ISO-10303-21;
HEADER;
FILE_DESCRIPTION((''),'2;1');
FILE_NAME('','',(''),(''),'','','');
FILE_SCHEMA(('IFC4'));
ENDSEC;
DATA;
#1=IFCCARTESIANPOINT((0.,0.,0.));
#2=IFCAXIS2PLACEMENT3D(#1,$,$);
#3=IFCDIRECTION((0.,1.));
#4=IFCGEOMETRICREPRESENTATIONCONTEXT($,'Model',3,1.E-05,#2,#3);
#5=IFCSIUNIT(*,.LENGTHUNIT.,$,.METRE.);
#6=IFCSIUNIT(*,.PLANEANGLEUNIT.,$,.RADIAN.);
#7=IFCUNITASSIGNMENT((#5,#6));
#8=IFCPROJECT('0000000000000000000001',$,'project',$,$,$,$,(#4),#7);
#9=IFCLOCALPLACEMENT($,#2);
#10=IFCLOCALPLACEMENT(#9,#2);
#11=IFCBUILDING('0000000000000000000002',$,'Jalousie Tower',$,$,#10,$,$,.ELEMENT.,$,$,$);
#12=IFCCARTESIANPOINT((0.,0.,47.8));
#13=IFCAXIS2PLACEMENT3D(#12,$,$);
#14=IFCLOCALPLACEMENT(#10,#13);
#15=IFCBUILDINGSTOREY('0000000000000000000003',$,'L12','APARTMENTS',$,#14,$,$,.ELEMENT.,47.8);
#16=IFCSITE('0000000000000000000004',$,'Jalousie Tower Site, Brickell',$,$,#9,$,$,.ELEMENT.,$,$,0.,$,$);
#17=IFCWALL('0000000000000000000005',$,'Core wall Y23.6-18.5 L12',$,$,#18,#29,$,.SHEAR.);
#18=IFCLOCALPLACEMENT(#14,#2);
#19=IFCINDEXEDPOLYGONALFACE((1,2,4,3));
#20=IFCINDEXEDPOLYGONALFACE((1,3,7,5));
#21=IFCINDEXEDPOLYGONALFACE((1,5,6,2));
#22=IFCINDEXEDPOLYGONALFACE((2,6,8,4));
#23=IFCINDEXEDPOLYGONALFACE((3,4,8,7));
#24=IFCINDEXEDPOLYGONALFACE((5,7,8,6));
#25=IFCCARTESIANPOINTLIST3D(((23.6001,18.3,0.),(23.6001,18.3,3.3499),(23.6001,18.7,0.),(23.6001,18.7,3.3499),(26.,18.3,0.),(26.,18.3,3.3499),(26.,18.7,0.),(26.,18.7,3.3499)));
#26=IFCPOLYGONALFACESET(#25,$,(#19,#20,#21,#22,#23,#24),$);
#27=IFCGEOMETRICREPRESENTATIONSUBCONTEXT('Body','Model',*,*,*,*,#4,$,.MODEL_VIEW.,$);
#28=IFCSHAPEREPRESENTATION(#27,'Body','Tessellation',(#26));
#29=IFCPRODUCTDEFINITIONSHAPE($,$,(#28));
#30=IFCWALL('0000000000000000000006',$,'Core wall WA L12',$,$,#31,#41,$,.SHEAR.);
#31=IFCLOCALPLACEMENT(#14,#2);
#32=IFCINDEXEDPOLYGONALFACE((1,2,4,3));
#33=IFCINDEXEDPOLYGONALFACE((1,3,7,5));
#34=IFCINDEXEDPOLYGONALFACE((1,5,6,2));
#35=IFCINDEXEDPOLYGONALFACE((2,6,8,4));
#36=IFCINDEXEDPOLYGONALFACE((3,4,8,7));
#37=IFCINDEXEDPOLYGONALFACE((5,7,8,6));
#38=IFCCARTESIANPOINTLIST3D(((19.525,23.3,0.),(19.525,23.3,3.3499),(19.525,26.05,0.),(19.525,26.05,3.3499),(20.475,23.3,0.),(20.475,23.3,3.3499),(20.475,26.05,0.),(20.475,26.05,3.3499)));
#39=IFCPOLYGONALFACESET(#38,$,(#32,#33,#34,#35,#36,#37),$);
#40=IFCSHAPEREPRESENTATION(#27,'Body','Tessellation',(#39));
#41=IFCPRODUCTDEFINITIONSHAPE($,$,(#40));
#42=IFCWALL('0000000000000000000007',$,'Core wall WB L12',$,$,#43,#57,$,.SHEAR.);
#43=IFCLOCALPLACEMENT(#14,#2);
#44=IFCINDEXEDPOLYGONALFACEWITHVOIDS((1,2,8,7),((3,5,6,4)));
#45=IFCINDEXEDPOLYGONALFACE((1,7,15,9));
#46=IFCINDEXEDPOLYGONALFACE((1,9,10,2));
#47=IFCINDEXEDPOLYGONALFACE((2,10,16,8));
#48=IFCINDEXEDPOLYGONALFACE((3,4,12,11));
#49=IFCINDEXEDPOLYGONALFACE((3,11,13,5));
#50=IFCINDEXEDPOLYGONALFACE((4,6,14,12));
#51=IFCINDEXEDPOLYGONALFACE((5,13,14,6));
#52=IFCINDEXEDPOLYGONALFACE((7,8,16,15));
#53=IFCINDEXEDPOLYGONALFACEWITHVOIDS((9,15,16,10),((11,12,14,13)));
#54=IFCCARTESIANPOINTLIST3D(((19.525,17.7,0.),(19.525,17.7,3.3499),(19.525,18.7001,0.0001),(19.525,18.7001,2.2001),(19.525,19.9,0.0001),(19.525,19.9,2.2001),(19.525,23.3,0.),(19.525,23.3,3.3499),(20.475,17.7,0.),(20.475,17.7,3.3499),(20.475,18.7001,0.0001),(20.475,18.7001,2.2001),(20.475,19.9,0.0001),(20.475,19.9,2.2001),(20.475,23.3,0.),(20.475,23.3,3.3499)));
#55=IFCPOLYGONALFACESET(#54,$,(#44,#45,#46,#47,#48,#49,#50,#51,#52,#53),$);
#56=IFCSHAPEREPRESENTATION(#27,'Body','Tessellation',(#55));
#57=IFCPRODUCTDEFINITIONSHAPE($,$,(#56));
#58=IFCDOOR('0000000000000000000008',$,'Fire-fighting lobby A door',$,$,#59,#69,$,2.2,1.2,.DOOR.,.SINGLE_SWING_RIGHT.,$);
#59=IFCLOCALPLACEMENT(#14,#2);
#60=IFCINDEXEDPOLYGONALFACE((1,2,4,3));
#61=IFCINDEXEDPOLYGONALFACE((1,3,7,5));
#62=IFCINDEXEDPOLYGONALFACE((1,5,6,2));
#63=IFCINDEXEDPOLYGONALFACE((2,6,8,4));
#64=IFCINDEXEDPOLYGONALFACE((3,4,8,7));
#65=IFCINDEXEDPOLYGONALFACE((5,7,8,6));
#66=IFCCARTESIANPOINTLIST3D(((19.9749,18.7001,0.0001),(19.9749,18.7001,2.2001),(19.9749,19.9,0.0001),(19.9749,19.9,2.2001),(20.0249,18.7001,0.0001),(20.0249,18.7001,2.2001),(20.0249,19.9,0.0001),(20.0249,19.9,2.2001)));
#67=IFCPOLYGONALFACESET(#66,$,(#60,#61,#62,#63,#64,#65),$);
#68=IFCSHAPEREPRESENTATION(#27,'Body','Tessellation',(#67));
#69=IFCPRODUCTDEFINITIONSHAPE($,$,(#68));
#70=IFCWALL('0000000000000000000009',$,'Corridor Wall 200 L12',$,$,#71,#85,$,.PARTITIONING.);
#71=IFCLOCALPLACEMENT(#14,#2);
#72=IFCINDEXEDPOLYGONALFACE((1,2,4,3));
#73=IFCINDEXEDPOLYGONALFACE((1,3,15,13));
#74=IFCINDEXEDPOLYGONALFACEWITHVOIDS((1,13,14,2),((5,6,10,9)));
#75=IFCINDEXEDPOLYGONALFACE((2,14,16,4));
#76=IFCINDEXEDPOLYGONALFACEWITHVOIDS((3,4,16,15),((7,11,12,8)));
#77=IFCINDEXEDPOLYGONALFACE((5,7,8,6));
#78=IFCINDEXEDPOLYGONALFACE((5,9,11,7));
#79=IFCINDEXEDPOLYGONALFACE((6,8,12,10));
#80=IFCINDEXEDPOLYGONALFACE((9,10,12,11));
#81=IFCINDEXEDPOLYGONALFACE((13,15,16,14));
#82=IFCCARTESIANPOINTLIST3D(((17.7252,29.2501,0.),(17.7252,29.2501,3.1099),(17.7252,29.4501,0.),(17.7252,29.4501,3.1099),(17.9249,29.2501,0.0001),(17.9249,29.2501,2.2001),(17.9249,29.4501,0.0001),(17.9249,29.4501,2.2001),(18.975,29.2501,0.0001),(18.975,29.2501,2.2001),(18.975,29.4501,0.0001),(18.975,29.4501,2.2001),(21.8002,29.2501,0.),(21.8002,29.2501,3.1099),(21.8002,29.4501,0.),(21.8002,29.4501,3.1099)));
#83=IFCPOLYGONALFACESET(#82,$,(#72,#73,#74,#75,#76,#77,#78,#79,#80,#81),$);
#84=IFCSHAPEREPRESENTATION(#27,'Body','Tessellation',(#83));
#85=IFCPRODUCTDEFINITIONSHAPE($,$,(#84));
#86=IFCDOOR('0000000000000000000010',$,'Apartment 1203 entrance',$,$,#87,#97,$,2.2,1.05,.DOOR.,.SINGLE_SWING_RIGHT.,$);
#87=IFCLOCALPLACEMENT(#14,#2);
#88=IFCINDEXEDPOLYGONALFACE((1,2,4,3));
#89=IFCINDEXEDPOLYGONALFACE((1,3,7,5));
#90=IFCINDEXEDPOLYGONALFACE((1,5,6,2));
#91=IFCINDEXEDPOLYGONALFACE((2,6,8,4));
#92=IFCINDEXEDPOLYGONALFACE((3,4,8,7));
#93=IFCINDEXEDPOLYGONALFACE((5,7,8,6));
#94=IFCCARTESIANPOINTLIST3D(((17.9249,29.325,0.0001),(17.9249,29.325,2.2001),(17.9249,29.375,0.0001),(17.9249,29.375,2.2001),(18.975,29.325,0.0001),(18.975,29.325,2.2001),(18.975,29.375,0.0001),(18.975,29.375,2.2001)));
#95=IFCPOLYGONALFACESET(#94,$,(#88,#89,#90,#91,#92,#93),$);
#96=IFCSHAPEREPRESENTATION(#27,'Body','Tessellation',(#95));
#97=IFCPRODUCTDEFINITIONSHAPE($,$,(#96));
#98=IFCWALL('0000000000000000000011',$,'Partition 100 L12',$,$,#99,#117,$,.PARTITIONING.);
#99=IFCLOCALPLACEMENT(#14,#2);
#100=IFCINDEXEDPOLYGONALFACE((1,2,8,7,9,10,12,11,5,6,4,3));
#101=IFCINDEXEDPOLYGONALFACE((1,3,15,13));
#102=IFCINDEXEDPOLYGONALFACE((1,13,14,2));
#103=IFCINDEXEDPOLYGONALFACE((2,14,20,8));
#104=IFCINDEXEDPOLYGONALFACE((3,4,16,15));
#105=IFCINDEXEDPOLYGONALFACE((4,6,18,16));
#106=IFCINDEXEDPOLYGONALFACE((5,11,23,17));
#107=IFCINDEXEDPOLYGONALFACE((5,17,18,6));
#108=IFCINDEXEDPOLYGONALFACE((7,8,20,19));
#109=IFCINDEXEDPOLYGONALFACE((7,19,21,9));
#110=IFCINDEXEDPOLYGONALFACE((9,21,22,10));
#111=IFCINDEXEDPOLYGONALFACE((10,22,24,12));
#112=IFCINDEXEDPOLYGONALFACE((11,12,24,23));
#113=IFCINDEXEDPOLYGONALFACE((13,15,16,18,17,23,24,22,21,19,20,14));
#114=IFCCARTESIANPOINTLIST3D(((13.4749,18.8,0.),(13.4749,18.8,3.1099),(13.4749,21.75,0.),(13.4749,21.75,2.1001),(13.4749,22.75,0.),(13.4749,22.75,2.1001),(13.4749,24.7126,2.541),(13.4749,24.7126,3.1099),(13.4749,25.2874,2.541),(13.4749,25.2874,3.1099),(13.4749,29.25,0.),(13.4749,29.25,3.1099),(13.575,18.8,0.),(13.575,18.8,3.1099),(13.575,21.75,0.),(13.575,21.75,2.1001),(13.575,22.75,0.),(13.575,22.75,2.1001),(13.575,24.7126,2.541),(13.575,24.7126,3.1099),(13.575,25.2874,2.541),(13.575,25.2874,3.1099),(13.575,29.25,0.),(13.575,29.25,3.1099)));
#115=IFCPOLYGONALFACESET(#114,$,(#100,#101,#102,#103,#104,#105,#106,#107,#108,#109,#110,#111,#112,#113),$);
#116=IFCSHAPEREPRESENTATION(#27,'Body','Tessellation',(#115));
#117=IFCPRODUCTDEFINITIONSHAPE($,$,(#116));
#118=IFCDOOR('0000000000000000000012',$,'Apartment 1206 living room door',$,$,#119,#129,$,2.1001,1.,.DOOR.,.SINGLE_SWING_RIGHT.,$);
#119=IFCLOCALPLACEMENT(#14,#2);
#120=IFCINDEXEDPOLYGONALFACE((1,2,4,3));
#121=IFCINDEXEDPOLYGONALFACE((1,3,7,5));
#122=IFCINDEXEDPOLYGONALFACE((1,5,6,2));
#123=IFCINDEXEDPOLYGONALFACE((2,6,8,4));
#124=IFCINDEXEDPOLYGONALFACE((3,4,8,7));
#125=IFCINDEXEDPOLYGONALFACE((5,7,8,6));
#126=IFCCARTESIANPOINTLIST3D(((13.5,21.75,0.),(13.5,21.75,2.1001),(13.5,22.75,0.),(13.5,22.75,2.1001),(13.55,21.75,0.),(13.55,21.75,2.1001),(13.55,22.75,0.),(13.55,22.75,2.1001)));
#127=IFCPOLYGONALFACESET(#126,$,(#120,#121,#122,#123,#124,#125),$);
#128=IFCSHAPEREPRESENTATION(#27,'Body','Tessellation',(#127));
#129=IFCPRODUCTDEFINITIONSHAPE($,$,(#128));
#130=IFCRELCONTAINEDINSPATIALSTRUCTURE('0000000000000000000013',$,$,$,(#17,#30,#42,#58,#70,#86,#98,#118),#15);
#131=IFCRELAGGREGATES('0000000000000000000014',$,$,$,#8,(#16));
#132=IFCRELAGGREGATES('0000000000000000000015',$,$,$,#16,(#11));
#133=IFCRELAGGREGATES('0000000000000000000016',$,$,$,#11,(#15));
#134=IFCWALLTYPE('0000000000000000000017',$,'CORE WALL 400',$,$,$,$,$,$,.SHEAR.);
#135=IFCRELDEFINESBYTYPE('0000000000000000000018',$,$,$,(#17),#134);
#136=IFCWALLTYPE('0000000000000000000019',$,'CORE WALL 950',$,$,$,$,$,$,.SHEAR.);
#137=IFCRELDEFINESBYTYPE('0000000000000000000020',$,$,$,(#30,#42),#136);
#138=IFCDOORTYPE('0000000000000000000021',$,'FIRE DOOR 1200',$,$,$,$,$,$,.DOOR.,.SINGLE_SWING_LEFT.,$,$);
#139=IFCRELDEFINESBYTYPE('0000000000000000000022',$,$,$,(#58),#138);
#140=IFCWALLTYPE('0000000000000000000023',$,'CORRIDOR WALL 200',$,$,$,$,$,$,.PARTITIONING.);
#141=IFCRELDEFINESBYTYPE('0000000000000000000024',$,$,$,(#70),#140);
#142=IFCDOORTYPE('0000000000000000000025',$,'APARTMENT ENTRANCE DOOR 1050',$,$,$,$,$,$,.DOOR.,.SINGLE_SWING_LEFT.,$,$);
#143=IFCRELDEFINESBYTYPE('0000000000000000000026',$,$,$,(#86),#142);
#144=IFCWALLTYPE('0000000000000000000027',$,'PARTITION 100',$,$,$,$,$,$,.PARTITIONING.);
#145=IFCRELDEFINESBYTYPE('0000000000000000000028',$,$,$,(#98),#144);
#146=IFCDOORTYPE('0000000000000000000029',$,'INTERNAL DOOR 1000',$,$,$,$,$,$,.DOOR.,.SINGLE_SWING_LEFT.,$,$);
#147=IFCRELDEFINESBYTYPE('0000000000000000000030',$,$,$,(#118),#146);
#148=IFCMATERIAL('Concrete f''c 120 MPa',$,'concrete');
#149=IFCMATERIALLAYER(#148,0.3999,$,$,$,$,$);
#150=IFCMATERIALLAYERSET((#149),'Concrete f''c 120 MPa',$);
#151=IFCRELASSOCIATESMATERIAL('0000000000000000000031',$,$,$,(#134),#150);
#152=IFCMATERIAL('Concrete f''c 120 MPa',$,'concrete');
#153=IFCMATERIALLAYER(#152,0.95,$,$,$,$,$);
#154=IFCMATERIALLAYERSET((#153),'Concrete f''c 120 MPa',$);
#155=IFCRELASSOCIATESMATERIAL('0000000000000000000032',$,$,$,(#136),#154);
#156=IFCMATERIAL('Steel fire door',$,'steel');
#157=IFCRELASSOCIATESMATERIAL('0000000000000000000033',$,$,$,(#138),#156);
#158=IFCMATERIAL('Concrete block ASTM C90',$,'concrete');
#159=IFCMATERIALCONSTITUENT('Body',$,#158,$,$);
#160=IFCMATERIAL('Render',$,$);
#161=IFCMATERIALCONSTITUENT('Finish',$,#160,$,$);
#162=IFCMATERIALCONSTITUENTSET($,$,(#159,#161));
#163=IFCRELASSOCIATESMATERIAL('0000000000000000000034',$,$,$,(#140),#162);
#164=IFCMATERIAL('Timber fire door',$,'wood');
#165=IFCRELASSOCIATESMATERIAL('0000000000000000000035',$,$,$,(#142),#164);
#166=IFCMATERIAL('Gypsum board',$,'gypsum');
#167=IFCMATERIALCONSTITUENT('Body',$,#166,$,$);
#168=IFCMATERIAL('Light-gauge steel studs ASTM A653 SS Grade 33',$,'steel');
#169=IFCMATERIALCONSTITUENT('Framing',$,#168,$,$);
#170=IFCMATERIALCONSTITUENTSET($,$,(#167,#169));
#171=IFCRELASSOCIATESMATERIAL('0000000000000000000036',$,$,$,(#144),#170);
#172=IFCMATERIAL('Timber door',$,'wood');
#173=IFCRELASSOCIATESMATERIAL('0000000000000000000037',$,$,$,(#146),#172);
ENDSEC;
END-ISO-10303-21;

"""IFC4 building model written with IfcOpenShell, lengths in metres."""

from ifc_helpers import new_model, si_unit, direction, frame, frame_2d, origin, place, context, subcontext, project, spatial, polyline, rectangle, outline, extrude, material, layer, layer_set, constituent, constituent_set, type_object, element, fill, save


model = new_model("IFC4")

# Units and contexts
model_context = context("Model", 3, precision=1e-05, world=origin(), true_north=direction((0.0, 1.0)))
body_context = subcontext(model_context, "Body", "Model", "MODEL_VIEW")
ifc_project = project(units=[si_unit("LENGTHUNIT", "METRE"), si_unit("PLANEANGLEUNIT", "RADIAN")], contexts=[model_context])

# Site, building, storey
site_placement = place(None, origin())
site = spatial("IfcSite", under=ifc_project, at=site_placement, Name="Jalousie Tower Site, Brickell", CompositionType="ELEMENT", RefElevation=0.0)
building_placement = place(site_placement, origin())
building = spatial("IfcBuilding", under=site, at=building_placement, Name="Jalousie Tower", CompositionType="ELEMENT")
storey_placement = place(building_placement, frame((0.0, 0.0, 47.8)))
storey = spatial("IfcBuildingStorey", under=building, at=storey_placement, Name="L12", Description="APARTMENTS", CompositionType="ELEMENT", Elevation=47.8)

# Shared definitions
ifc_material_1 = material(Name="Concrete f'c 120 MPa", Category="concrete")
ifc_layer_1 = layer(ifc_material_1, 0.3999)
ifc_layer_set_1 = layer_set([ifc_layer_1], Name="Concrete f'c 120 MPa")
wall_type_1 = type_object("IfcWallType", Name="CORE WALL 400", PredefinedType="SHEAR", material=ifc_layer_set_1)

# Walls
wall_1_placement = place(storey_placement, frame((23.6001, 18.5, 0.0), z_axis=(0.0, 0.0, 1.0), x_axis=(1.0, 0.0, 0.0)))
element("IfcWall", 1, at=wall_1_placement, inside=storey, type_object=wall_type_1, Name="Core wall Y23.6-18.5 L12", PredefinedType="SHEAR", context=body_context, shape_type="SweptSolid", body=[
    extrude(rectangle(XDim=2.3999, YDim=0.3999, at=frame_2d((1.2, 0.0))), origin(), (0.0, 0.0, 1.0), 3.3499),
])
ifc_material_2 = material(Name="Concrete f'c 120 MPa", Category="concrete")
ifc_layer_2 = layer(ifc_material_2, 0.95)
ifc_layer_set_2 = layer_set([ifc_layer_2], Name="Concrete f'c 120 MPa")
wall_type_2 = type_object("IfcWallType", Name="CORE WALL 950", PredefinedType="SHEAR", material=ifc_layer_set_2)
wall_2_placement = place(storey_placement, frame((20.0, 26.05, 0.0), z_axis=(0.0, 0.0, 1.0), x_axis=(0.0, -1.0, 0.0)))
element("IfcWall", 2, at=wall_2_placement, inside=storey, type_object=wall_type_2, Name="Core wall WA L12", PredefinedType="SHEAR", context=body_context, shape_type="SweptSolid", body=[
    extrude(rectangle(XDim=2.75, YDim=0.95, at=frame_2d((1.375, 0.0))), origin(), (0.0, 0.0, 1.0), 3.3499),
])

# Walls, openings, doors
wall_3_placement = place(storey_placement, frame((20.0, 23.3, 0.0), z_axis=(0.0, 0.0, 1.0), x_axis=(0.0, -1.0, 0.0)))
wall_3 = element("IfcWall", 3, at=wall_3_placement, inside=storey, type_object=wall_type_2, Name="Core wall WB L12", PredefinedType="SHEAR", context=body_context, shape_type="SweptSolid", body=[
    extrude(rectangle(XDim=5.6001, YDim=0.95, at=frame_2d((2.8, 0.0))), origin(), (0.0, 0.0, 1.0), 3.3499),
])
opening_1_placement = place(wall_3_placement, frame((3.3999, 0.0, 0.0)))
opening_1 = element("IfcOpeningElement", 4, at=opening_1_placement, cuts=wall_3, PredefinedType="OPENING", context=body_context, shape_type="SweptSolid", body=[
    extrude(rectangle(XDim=1.2, YDim=2.2, at=frame_2d((0.6001, 1.1001))), frame((0.0, 0.4849, 0.0), z_axis=(0.0, -1.0, 0.0), x_axis=(1.0, 0.0, 0.0)), (0.0, 0.0, 1.0), 0.97),
])
ifc_material_3 = material(Name="Steel fire door", Category="steel")
door_type_1 = type_object("IfcDoorType", Name="FIRE DOOR 1200", OperationType="SINGLE_SWING_LEFT", PredefinedType="DOOR", material=ifc_material_3)
door_1_placement = place(opening_1_placement, origin())
door_1 = element("IfcDoor", 5, at=door_1_placement, inside=storey, type_object=door_type_1, Name="Fire-fighting lobby A door", OperationType="SINGLE_SWING_RIGHT", OverallHeight=2.2, OverallWidth=1.2, PredefinedType="DOOR", context=body_context, shape_type="SweptSolid", body=[
    extrude(rectangle(XDim=1.2, YDim=2.2, at=frame_2d((0.6001, 1.1001))), frame((0.0, 0.0249, 0.0), z_axis=(0.0, -1.0, 0.0), x_axis=(1.0, 0.0, 0.0)), (0.0, 0.0, 1.0), 0.05),
])
fill(opening_1, door_1)
ifc_material_4 = material(Name="Concrete block ASTM C90", Category="concrete")
ifc_constituent_1 = constituent(ifc_material_4, Name="Body")
ifc_material_5 = material(Name="Render")
ifc_constituent_2 = constituent(ifc_material_5, Name="Finish")
ifc_constituent_set_1 = constituent_set(constituents=[ifc_constituent_1, ifc_constituent_2])
wall_type_3 = type_object("IfcWallType", Name="CORRIDOR WALL 200", PredefinedType="PARTITIONING", material=ifc_constituent_set_1)
wall_4_placement = place(storey_placement, frame((17.7251, 29.3501, 0.0), z_axis=(0.0, 0.0, 1.0), x_axis=(1.0, 0.0, 0.0)))
wall_4 = element("IfcWall", 6, at=wall_4_placement, inside=storey, type_object=wall_type_3, Name="Corridor Wall 200 L12", PredefinedType="PARTITIONING", context=body_context, shape_type="SweptSolid", body=[
    extrude(rectangle(XDim=4.075, YDim=0.2, at=frame_2d((2.0376, 0.0))), origin(), (0.0, 0.0, 1.0), 3.1099),
])
opening_2_placement = place(wall_4_placement, frame((0.2, 0.0, 0.0)))
opening_2 = element("IfcOpeningElement", 7, at=opening_2_placement, cuts=wall_4, PredefinedType="OPENING", context=body_context, shape_type="SweptSolid", body=[
    extrude(rectangle(XDim=1.05, YDim=2.2, at=frame_2d((0.5249, 1.1001))), frame((0.0, 0.1099, 0.0), z_axis=(0.0, -1.0, 0.0), x_axis=(1.0, 0.0, 0.0)), (0.0, 0.0, 1.0), 0.22),
])
ifc_material_6 = material(Name="Timber fire door", Category="wood")
door_type_2 = type_object("IfcDoorType", Name="APARTMENT ENTRANCE DOOR 1050", OperationType="SINGLE_SWING_LEFT", PredefinedType="DOOR", material=ifc_material_6)
door_2_placement = place(opening_2_placement, origin())
door_2 = element("IfcDoor", 8, at=door_2_placement, inside=storey, type_object=door_type_2, Name="Apartment 1203 entrance", OperationType="SINGLE_SWING_RIGHT", OverallHeight=2.2, OverallWidth=1.05, PredefinedType="DOOR", context=body_context, shape_type="SweptSolid", body=[
    extrude(rectangle(XDim=1.05, YDim=2.2, at=frame_2d((0.5249, 1.1001))), frame((0.0, 0.0249, 0.0), z_axis=(0.0, -1.0, 0.0), x_axis=(1.0, 0.0, 0.0)), (0.0, 0.0, 1.0), 0.05),
])
fill(opening_2, door_2)
ifc_material_7 = material(Name="Gypsum board", Category="gypsum")
ifc_constituent_3 = constituent(ifc_material_7, Name="Body")
ifc_material_8 = material(Name="Light-gauge steel studs ASTM A653 SS Grade 33", Category="steel")
ifc_constituent_4 = constituent(ifc_material_8, Name="Framing")
ifc_constituent_set_2 = constituent_set(constituents=[ifc_constituent_3, ifc_constituent_4])
wall_type_4 = type_object("IfcWallType", Name="PARTITION 100", PredefinedType="PARTITIONING", material=ifc_constituent_set_2)
wall_5_placement = place(storey_placement, frame((13.5249, 18.8, 0.0), z_axis=(0.0, 0.0, 1.0), x_axis=(0.0, 1.0, 0.0)))
wall_5 = element("IfcWall", 9, at=wall_5_placement, inside=storey, type_object=wall_type_4, Name="Partition 100 L12", PredefinedType="PARTITIONING", context=body_context, shape_type="SweptSolid", body=[
    extrude(outline(polyline([(0.0, 0.0), (10.45, 0.0), (10.45, 3.1099), (6.4873, 3.1099), (6.4873, 2.541), (5.9126, 2.541), (5.9126, 3.1099), (0.0, 3.1099), (0.0, 0.0)])), frame((0.0, 0.05, 0.0), z_axis=(0.0, -1.0, 0.0), x_axis=(1.0, 0.0, 0.0)), (0.0, 0.0, 1.0), 0.1001),
])
opening_3_placement = place(wall_5_placement, frame((2.95, 0.0, 0.0)))
opening_3 = element("IfcOpeningElement", 10, at=opening_3_placement, cuts=wall_5, PredefinedType="OPENING", context=body_context, shape_type="SweptSolid", body=[
    extrude(rectangle(XDim=1.0, YDim=2.1001, at=frame_2d((0.5, 1.05))), frame((0.0, 0.0601, 0.0), z_axis=(0.0, -1.0, 0.0), x_axis=(1.0, 0.0, 0.0)), (0.0, 0.0, 1.0), 0.1201),
])
ifc_material_9 = material(Name="Timber door", Category="wood")
door_type_3 = type_object("IfcDoorType", Name="INTERNAL DOOR 1000", OperationType="SINGLE_SWING_LEFT", PredefinedType="DOOR", material=ifc_material_9)
door_3_placement = place(opening_3_placement, origin())
door_3 = element("IfcDoor", 11, at=door_3_placement, inside=storey, type_object=door_type_3, Name="Apartment 1206 living room door", OperationType="SINGLE_SWING_RIGHT", OverallHeight=2.1001, OverallWidth=1.0, PredefinedType="DOOR", context=body_context, shape_type="SweptSolid", body=[
    extrude(rectangle(XDim=1.0, YDim=2.1001, at=frame_2d((0.5, 1.05))), frame((0.0, 0.0249, 0.0), z_axis=(0.0, -1.0, 0.0), x_axis=(1.0, 0.0, 0.0)), (0.0, 0.0, 1.0), 0.05),
])
fill(opening_3, door_3)

save(model, "model.ifc")
